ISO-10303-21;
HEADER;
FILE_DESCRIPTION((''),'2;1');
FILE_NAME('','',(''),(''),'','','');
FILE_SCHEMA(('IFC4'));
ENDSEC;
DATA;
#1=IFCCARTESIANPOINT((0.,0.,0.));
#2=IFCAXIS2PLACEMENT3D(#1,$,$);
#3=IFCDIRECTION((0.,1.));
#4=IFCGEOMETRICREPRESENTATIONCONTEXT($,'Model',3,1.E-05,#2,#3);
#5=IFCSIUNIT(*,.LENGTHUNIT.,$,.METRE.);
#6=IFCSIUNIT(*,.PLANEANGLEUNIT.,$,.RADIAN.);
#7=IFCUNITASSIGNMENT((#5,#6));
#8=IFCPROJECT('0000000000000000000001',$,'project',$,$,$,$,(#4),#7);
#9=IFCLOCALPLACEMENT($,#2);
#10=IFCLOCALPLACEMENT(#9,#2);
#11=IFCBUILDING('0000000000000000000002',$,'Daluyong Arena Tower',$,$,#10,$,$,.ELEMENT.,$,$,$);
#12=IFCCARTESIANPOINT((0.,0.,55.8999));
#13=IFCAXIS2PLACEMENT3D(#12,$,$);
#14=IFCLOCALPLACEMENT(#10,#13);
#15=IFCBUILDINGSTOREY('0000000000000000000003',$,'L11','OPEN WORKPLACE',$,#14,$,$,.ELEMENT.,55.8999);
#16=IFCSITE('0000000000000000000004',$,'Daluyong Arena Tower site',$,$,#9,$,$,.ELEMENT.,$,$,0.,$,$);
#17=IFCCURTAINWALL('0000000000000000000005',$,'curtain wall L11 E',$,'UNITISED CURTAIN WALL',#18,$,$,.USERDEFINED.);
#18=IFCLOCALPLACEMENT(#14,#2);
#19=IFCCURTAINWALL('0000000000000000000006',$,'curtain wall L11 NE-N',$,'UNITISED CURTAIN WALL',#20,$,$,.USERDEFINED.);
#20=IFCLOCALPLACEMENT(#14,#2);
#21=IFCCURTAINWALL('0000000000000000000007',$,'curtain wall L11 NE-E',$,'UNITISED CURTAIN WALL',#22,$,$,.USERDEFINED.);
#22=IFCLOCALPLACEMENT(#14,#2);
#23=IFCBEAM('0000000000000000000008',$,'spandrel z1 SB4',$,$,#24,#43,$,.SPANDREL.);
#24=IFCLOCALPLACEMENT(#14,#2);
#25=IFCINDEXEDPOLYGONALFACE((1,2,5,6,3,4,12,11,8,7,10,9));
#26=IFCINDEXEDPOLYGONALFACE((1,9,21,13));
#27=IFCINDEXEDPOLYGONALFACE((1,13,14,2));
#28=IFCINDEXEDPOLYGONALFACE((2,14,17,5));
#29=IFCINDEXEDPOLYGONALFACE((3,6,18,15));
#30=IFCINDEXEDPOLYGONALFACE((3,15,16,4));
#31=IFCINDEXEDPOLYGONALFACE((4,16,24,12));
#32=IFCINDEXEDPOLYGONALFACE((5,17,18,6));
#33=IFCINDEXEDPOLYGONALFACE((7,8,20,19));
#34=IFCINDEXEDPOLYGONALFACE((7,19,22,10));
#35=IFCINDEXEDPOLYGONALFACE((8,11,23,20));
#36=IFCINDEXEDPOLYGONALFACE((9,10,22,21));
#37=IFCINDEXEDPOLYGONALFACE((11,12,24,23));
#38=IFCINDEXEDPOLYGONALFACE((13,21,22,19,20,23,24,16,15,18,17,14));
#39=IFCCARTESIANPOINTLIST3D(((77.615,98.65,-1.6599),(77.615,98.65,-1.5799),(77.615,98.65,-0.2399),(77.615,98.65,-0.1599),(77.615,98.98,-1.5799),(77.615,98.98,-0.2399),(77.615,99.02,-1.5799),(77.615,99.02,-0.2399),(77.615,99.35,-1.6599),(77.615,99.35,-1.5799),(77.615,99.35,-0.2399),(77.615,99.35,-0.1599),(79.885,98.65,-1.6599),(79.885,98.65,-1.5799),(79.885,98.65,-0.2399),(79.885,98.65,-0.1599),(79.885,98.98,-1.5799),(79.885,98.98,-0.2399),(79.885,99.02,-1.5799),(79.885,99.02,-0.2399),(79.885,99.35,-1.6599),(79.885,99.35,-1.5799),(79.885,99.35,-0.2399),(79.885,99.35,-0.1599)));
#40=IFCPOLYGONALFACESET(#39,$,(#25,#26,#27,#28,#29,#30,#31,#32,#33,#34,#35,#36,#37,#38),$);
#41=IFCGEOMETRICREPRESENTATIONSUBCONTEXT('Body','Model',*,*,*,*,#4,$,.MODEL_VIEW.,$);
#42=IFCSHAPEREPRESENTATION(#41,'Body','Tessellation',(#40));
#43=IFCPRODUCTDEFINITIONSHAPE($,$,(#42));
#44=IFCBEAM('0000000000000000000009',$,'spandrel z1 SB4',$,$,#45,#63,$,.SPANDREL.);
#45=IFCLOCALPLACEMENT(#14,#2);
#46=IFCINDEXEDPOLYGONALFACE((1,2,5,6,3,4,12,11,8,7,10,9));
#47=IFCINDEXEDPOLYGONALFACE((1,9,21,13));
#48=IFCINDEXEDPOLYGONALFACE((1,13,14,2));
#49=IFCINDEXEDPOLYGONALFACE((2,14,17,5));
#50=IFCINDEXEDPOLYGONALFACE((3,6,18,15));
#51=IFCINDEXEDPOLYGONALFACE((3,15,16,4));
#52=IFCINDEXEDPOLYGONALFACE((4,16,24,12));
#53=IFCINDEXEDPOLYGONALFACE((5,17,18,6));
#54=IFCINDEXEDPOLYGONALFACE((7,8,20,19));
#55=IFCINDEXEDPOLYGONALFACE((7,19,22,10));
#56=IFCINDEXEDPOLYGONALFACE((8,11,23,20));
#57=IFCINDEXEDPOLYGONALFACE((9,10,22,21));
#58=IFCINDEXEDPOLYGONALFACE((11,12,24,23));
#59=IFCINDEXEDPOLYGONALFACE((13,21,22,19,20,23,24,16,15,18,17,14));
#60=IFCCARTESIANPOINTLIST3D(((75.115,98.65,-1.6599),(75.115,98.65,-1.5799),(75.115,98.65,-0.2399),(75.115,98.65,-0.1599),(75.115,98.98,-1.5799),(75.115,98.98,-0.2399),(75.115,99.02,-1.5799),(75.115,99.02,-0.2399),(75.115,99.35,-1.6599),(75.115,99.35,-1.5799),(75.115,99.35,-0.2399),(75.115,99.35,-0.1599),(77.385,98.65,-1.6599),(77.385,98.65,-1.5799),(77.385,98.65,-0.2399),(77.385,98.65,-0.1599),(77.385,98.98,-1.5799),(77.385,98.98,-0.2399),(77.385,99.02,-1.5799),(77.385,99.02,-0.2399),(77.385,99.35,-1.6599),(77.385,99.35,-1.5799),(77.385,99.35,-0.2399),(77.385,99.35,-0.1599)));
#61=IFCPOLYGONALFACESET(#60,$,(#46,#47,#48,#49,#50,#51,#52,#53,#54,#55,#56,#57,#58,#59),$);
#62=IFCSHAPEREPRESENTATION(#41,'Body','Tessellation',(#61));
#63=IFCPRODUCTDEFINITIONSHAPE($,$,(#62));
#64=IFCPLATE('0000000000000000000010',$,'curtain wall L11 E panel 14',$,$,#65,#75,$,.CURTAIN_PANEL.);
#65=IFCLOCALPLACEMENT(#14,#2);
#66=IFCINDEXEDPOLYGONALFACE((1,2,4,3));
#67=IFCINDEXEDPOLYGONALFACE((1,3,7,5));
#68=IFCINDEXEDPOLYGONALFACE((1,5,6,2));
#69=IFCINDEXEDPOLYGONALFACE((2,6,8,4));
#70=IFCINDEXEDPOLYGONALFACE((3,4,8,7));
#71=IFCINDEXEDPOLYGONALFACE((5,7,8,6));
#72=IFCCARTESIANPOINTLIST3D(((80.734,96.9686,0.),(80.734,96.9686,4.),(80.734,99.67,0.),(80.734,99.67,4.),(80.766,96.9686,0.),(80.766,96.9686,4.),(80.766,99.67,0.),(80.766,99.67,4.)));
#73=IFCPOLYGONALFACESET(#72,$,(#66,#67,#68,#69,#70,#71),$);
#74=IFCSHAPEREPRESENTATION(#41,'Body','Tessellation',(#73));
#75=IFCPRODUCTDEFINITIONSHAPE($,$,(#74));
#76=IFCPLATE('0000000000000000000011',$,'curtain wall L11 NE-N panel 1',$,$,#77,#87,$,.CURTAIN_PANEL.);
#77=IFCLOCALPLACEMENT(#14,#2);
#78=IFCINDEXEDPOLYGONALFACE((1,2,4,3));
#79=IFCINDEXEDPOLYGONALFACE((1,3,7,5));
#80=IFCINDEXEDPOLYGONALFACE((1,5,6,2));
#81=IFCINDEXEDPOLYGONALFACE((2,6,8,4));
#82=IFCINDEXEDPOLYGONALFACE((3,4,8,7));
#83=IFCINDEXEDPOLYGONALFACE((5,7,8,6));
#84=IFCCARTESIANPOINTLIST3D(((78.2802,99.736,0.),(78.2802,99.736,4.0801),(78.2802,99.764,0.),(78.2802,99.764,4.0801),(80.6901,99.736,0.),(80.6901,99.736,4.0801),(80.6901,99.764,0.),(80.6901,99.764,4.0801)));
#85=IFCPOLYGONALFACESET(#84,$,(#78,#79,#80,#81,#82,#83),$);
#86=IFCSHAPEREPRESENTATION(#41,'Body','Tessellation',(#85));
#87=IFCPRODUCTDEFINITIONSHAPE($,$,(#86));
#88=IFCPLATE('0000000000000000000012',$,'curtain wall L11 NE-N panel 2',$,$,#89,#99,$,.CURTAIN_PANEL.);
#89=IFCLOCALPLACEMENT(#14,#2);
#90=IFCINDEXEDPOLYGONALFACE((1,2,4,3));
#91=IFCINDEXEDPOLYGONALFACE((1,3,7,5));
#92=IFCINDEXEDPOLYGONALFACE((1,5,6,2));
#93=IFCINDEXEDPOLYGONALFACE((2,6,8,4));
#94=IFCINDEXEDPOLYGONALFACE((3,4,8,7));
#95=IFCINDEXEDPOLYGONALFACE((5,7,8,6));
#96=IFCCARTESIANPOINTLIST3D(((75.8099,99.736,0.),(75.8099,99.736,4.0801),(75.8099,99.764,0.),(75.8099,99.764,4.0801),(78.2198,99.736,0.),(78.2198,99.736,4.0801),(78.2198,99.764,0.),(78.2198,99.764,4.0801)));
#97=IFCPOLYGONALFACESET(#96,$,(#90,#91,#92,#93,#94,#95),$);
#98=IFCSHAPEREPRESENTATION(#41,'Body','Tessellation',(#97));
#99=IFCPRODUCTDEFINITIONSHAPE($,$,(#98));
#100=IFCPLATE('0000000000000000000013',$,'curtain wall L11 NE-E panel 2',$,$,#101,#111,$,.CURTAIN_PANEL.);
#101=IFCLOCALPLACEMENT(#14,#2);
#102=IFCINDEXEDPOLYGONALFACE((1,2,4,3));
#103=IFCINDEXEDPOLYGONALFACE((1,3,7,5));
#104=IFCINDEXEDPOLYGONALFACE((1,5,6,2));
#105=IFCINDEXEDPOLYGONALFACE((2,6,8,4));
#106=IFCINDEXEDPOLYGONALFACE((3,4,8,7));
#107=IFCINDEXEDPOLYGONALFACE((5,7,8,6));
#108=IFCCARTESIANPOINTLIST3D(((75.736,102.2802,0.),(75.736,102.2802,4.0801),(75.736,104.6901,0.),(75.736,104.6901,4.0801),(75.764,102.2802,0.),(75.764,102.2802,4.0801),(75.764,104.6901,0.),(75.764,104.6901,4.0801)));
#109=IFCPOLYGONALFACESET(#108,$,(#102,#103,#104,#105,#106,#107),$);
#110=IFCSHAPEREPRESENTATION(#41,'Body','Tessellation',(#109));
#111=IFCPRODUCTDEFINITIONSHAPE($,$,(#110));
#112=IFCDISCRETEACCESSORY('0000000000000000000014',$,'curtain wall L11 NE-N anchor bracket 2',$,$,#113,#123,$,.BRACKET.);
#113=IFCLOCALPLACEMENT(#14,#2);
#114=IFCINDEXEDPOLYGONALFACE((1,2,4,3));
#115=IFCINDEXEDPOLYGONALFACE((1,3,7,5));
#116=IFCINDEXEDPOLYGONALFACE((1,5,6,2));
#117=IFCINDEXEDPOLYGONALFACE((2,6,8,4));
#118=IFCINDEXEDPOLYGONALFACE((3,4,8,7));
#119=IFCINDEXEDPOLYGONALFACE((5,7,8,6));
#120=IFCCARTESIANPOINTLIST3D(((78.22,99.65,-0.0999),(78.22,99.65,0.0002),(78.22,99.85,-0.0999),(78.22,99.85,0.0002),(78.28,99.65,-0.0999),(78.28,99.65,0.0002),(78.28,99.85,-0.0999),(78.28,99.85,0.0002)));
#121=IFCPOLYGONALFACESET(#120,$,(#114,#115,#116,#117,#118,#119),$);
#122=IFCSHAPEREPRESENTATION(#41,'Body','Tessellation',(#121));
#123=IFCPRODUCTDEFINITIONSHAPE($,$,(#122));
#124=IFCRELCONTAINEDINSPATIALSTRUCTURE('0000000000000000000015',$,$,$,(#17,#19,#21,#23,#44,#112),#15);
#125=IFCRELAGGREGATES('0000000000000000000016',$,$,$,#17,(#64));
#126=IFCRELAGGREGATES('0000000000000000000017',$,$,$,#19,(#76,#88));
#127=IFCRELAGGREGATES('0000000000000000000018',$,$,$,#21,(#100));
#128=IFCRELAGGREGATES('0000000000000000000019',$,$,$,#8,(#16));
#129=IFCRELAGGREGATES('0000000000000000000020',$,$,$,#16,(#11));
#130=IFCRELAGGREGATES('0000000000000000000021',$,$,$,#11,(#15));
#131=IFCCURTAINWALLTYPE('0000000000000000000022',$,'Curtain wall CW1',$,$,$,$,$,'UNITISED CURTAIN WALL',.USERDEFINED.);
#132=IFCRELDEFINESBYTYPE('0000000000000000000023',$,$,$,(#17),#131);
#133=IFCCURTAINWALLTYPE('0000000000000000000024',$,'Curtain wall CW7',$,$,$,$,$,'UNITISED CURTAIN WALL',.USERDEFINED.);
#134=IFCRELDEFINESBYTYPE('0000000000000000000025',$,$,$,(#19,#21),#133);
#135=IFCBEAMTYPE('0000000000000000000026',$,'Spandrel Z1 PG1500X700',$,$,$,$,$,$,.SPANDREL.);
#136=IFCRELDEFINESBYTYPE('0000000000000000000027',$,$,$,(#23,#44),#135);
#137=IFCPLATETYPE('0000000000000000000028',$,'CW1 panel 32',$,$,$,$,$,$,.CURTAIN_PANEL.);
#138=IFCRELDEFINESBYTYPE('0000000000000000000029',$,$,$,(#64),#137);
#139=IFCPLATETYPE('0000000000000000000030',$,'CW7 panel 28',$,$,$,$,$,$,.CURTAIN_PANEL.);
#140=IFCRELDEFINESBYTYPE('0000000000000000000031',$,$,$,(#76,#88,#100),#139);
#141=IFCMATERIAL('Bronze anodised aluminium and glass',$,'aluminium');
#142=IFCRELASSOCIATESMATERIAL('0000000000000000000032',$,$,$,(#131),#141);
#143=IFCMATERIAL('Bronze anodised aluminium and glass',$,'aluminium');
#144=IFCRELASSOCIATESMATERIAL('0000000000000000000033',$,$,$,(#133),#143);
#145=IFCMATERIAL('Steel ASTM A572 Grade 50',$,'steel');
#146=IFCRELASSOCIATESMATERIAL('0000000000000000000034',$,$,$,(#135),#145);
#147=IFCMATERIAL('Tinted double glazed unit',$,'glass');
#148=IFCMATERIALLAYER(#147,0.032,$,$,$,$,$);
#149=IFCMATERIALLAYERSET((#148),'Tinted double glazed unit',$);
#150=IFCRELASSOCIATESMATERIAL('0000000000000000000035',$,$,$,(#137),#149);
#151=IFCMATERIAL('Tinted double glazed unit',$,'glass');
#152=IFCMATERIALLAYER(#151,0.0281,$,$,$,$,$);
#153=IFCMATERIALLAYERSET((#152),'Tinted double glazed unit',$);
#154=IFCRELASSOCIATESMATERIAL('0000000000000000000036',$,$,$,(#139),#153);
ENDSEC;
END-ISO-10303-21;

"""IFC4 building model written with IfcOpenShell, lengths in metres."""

from ifc_helpers import new_model, si_unit, direction, frame, origin, origin_2d, place, context, subcontext, project, spatial, rectangle, i_section, extrude, material, layer, layer_set, material_profile, profile_set, type_object, element, aggregate, save


model = new_model("IFC4")

# Units and contexts
model_context = context("Model", 3, precision=1e-05, world=origin(), true_north=direction((0.0, 1.0)))
body_context = subcontext(model_context, "Body", "Model", "MODEL_VIEW")
ifc_project = project(units=[si_unit("LENGTHUNIT", "METRE"), si_unit("PLANEANGLEUNIT", "RADIAN")], contexts=[model_context])

# Site, building, storey
site_placement = place(None, origin())
site = spatial("IfcSite", under=ifc_project, at=site_placement, Name="Daluyong Arena Tower site", CompositionType="ELEMENT", RefElevation=0.0)
building_placement = place(site_placement, origin())
building = spatial("IfcBuilding", under=site, at=building_placement, Name="Daluyong Arena Tower", CompositionType="ELEMENT")
storey_placement = place(building_placement, frame((0.0, 0.0, 55.8999)))
storey = spatial("IfcBuildingStorey", under=building, at=storey_placement, Name="L11", Description="OPEN WORKPLACE", CompositionType="ELEMENT", Elevation=55.8999)

# Curtain walls
ifc_material_1 = material(Name="Bronze anodised aluminium and glass", Category="aluminium")
curtain_wall_type_1 = type_object("IfcCurtainWallType", Name="Curtain wall CW1", ElementType="UNITISED CURTAIN WALL", PredefinedType="USERDEFINED", material=ifc_material_1)
curtain_wall_1_placement = place(storey_placement, origin())
curtain_wall_1 = element("IfcCurtainWall", 1, at=curtain_wall_1_placement, inside=storey, type_object=curtain_wall_type_1, Name="curtain wall L11 E", ObjectType="UNITISED CURTAIN WALL", PredefinedType="USERDEFINED")
ifc_material_2 = material(Name="Bronze anodised aluminium and glass", Category="aluminium")
curtain_wall_type_2 = type_object("IfcCurtainWallType", Name="Curtain wall CW7", ElementType="UNITISED CURTAIN WALL", PredefinedType="USERDEFINED", material=ifc_material_2)
curtain_wall_2_placement = place(storey_placement, origin())
curtain_wall_2 = element("IfcCurtainWall", 2, at=curtain_wall_2_placement, inside=storey, type_object=curtain_wall_type_2, Name="curtain wall L11 NE-N", ObjectType="UNITISED CURTAIN WALL", PredefinedType="USERDEFINED")
curtain_wall_3_placement = place(storey_placement, origin())
curtain_wall_3 = element("IfcCurtainWall", 3, at=curtain_wall_3_placement, inside=storey, type_object=curtain_wall_type_2, Name="curtain wall L11 NE-E", ObjectType="UNITISED CURTAIN WALL", PredefinedType="USERDEFINED")

# Beams
ifc_material_3 = material(Name="Steel ASTM A572 Grade 50", Category="steel")
ifc_material_profile_1 = material_profile(ifc_material_3, i_section(OverallWidth=0.7, OverallDepth=1.5, WebThickness=0.04, FlangeThickness=0.08, at=origin_2d()))
ifc_profile_set_1 = profile_set([ifc_material_profile_1], Name="Steel ASTM A572 Grade 50")
beam_type = type_object("IfcBeamType", Name="Spandrel Z1 PG1500X700", PredefinedType="SPANDREL", material=ifc_profile_set_1)
for number, where, z_axis, x_axis, name in (
    (4, (79.885, 99.0, -0.9099), (-1.0, 0.0, 0.0), (0.0, -1.0, 0.0), "spandrel z1 SB4"),
    (5, (77.385, 99.0, -0.9099), (-1.0, 0.0, 0.0), (0.0, -1.0, 0.0), "spandrel z1 SB4"),
):
    element("IfcBeam", number, at=place(storey_placement, frame(where, z_axis=z_axis, x_axis=x_axis)), inside=storey, type_object=beam_type, Name=name, PredefinedType="SPANDREL", context=body_context, shape_type="SweptSolid", body=[
        extrude(i_section(OverallWidth=0.7, OverallDepth=1.5, WebThickness=0.04, FlangeThickness=0.08, at=origin_2d()), origin(), (0.0, 0.0, 1.0), 2.27),
    ])

# Plates
ifc_material_4 = material(Name="Tinted double glazed unit", Category="glass")
ifc_layer_1 = layer(ifc_material_4, 0.032)
ifc_layer_set_1 = layer_set([ifc_layer_1], Name="Tinted double glazed unit")
plate_type_1 = type_object("IfcPlateType", Name="CW1 panel 32", PredefinedType="CURTAIN_PANEL", material=ifc_layer_set_1)
plate_1_placement = place(storey_placement, frame((80.75, 98.3193, 0.0), z_axis=(0.0, 0.0, 1.0), x_axis=(0.0, 1.0, 0.0)))
plate_1 = element("IfcPlate", 6, at=plate_1_placement, type_object=plate_type_1, Name="curtain wall L11 E panel 14", PredefinedType="CURTAIN_PANEL", context=body_context, shape_type="SweptSolid", body=[
    extrude(rectangle(XDim=2.7014, YDim=0.032, at=origin_2d()), origin(), (0.0, 0.0, 1.0), 4.0),
])
aggregate(curtain_wall_1, [plate_1])
ifc_material_5 = material(Name="Tinted double glazed unit", Category="glass")
ifc_layer_2 = layer(ifc_material_5, 0.0281)
ifc_layer_set_2 = layer_set([ifc_layer_2], Name="Tinted double glazed unit")
plate_type_2 = type_object("IfcPlateType", Name="CW7 panel 28", PredefinedType="CURTAIN_PANEL", material=ifc_layer_set_2)
plate_2_placement = place(storey_placement, frame((79.4851, 99.75, 0.0), z_axis=(0.0, 0.0, 1.0), x_axis=(-1.0, 0.0, 0.0)))
plate_2 = element("IfcPlate", 7, at=plate_2_placement, type_object=plate_type_2, Name="curtain wall L11 NE-N panel 1", PredefinedType="CURTAIN_PANEL", context=body_context, shape_type="SweptSolid", body=[
    extrude(rectangle(XDim=2.4099, YDim=0.0281, at=origin_2d()), origin(), (0.0, 0.0, 1.0), 4.0801),
])
plate_3_placement = place(storey_placement, frame((77.0149, 99.75, 0.0), z_axis=(0.0, 0.0, 1.0), x_axis=(-1.0, 0.0, 0.0)))
plate_3 = element("IfcPlate", 8, at=plate_3_placement, type_object=plate_type_2, Name="curtain wall L11 NE-N panel 2", PredefinedType="CURTAIN_PANEL", context=body_context, shape_type="SweptSolid", body=[
    extrude(rectangle(XDim=2.4099, YDim=0.0281, at=origin_2d()), origin(), (0.0, 0.0, 1.0), 4.0801),
])
aggregate(curtain_wall_2, [plate_2, plate_3])
plate_4_placement = place(storey_placement, frame((75.75, 103.4851, 0.0), z_axis=(0.0, 0.0, 1.0), x_axis=(0.0, 1.0, 0.0)))
plate_4 = element("IfcPlate", 9, at=plate_4_placement, type_object=plate_type_2, Name="curtain wall L11 NE-E panel 2", PredefinedType="CURTAIN_PANEL", context=body_context, shape_type="SweptSolid", body=[
    extrude(rectangle(XDim=2.4099, YDim=0.0281, at=origin_2d()), origin(), (0.0, 0.0, 1.0), 4.0801),
])
aggregate(curtain_wall_3, [plate_4])

# Discrete accessory
discrete_accessory_placement = place(storey_placement, frame((78.25, 99.75, -0.0999), z_axis=(0.0, 0.0, 1.0), x_axis=(-1.0, 0.0, 0.0)))
element("IfcDiscreteAccessory", 10, at=discrete_accessory_placement, inside=storey, Name="curtain wall L11 NE-N anchor bracket 2", PredefinedType="BRACKET", context=body_context, shape_type="SweptSolid", body=[
    extrude(rectangle(XDim=0.0601, YDim=0.2, at=origin_2d()), origin(), (0.0, 0.0, 1.0), 0.1001),
])

save(model, "model.ifc")
